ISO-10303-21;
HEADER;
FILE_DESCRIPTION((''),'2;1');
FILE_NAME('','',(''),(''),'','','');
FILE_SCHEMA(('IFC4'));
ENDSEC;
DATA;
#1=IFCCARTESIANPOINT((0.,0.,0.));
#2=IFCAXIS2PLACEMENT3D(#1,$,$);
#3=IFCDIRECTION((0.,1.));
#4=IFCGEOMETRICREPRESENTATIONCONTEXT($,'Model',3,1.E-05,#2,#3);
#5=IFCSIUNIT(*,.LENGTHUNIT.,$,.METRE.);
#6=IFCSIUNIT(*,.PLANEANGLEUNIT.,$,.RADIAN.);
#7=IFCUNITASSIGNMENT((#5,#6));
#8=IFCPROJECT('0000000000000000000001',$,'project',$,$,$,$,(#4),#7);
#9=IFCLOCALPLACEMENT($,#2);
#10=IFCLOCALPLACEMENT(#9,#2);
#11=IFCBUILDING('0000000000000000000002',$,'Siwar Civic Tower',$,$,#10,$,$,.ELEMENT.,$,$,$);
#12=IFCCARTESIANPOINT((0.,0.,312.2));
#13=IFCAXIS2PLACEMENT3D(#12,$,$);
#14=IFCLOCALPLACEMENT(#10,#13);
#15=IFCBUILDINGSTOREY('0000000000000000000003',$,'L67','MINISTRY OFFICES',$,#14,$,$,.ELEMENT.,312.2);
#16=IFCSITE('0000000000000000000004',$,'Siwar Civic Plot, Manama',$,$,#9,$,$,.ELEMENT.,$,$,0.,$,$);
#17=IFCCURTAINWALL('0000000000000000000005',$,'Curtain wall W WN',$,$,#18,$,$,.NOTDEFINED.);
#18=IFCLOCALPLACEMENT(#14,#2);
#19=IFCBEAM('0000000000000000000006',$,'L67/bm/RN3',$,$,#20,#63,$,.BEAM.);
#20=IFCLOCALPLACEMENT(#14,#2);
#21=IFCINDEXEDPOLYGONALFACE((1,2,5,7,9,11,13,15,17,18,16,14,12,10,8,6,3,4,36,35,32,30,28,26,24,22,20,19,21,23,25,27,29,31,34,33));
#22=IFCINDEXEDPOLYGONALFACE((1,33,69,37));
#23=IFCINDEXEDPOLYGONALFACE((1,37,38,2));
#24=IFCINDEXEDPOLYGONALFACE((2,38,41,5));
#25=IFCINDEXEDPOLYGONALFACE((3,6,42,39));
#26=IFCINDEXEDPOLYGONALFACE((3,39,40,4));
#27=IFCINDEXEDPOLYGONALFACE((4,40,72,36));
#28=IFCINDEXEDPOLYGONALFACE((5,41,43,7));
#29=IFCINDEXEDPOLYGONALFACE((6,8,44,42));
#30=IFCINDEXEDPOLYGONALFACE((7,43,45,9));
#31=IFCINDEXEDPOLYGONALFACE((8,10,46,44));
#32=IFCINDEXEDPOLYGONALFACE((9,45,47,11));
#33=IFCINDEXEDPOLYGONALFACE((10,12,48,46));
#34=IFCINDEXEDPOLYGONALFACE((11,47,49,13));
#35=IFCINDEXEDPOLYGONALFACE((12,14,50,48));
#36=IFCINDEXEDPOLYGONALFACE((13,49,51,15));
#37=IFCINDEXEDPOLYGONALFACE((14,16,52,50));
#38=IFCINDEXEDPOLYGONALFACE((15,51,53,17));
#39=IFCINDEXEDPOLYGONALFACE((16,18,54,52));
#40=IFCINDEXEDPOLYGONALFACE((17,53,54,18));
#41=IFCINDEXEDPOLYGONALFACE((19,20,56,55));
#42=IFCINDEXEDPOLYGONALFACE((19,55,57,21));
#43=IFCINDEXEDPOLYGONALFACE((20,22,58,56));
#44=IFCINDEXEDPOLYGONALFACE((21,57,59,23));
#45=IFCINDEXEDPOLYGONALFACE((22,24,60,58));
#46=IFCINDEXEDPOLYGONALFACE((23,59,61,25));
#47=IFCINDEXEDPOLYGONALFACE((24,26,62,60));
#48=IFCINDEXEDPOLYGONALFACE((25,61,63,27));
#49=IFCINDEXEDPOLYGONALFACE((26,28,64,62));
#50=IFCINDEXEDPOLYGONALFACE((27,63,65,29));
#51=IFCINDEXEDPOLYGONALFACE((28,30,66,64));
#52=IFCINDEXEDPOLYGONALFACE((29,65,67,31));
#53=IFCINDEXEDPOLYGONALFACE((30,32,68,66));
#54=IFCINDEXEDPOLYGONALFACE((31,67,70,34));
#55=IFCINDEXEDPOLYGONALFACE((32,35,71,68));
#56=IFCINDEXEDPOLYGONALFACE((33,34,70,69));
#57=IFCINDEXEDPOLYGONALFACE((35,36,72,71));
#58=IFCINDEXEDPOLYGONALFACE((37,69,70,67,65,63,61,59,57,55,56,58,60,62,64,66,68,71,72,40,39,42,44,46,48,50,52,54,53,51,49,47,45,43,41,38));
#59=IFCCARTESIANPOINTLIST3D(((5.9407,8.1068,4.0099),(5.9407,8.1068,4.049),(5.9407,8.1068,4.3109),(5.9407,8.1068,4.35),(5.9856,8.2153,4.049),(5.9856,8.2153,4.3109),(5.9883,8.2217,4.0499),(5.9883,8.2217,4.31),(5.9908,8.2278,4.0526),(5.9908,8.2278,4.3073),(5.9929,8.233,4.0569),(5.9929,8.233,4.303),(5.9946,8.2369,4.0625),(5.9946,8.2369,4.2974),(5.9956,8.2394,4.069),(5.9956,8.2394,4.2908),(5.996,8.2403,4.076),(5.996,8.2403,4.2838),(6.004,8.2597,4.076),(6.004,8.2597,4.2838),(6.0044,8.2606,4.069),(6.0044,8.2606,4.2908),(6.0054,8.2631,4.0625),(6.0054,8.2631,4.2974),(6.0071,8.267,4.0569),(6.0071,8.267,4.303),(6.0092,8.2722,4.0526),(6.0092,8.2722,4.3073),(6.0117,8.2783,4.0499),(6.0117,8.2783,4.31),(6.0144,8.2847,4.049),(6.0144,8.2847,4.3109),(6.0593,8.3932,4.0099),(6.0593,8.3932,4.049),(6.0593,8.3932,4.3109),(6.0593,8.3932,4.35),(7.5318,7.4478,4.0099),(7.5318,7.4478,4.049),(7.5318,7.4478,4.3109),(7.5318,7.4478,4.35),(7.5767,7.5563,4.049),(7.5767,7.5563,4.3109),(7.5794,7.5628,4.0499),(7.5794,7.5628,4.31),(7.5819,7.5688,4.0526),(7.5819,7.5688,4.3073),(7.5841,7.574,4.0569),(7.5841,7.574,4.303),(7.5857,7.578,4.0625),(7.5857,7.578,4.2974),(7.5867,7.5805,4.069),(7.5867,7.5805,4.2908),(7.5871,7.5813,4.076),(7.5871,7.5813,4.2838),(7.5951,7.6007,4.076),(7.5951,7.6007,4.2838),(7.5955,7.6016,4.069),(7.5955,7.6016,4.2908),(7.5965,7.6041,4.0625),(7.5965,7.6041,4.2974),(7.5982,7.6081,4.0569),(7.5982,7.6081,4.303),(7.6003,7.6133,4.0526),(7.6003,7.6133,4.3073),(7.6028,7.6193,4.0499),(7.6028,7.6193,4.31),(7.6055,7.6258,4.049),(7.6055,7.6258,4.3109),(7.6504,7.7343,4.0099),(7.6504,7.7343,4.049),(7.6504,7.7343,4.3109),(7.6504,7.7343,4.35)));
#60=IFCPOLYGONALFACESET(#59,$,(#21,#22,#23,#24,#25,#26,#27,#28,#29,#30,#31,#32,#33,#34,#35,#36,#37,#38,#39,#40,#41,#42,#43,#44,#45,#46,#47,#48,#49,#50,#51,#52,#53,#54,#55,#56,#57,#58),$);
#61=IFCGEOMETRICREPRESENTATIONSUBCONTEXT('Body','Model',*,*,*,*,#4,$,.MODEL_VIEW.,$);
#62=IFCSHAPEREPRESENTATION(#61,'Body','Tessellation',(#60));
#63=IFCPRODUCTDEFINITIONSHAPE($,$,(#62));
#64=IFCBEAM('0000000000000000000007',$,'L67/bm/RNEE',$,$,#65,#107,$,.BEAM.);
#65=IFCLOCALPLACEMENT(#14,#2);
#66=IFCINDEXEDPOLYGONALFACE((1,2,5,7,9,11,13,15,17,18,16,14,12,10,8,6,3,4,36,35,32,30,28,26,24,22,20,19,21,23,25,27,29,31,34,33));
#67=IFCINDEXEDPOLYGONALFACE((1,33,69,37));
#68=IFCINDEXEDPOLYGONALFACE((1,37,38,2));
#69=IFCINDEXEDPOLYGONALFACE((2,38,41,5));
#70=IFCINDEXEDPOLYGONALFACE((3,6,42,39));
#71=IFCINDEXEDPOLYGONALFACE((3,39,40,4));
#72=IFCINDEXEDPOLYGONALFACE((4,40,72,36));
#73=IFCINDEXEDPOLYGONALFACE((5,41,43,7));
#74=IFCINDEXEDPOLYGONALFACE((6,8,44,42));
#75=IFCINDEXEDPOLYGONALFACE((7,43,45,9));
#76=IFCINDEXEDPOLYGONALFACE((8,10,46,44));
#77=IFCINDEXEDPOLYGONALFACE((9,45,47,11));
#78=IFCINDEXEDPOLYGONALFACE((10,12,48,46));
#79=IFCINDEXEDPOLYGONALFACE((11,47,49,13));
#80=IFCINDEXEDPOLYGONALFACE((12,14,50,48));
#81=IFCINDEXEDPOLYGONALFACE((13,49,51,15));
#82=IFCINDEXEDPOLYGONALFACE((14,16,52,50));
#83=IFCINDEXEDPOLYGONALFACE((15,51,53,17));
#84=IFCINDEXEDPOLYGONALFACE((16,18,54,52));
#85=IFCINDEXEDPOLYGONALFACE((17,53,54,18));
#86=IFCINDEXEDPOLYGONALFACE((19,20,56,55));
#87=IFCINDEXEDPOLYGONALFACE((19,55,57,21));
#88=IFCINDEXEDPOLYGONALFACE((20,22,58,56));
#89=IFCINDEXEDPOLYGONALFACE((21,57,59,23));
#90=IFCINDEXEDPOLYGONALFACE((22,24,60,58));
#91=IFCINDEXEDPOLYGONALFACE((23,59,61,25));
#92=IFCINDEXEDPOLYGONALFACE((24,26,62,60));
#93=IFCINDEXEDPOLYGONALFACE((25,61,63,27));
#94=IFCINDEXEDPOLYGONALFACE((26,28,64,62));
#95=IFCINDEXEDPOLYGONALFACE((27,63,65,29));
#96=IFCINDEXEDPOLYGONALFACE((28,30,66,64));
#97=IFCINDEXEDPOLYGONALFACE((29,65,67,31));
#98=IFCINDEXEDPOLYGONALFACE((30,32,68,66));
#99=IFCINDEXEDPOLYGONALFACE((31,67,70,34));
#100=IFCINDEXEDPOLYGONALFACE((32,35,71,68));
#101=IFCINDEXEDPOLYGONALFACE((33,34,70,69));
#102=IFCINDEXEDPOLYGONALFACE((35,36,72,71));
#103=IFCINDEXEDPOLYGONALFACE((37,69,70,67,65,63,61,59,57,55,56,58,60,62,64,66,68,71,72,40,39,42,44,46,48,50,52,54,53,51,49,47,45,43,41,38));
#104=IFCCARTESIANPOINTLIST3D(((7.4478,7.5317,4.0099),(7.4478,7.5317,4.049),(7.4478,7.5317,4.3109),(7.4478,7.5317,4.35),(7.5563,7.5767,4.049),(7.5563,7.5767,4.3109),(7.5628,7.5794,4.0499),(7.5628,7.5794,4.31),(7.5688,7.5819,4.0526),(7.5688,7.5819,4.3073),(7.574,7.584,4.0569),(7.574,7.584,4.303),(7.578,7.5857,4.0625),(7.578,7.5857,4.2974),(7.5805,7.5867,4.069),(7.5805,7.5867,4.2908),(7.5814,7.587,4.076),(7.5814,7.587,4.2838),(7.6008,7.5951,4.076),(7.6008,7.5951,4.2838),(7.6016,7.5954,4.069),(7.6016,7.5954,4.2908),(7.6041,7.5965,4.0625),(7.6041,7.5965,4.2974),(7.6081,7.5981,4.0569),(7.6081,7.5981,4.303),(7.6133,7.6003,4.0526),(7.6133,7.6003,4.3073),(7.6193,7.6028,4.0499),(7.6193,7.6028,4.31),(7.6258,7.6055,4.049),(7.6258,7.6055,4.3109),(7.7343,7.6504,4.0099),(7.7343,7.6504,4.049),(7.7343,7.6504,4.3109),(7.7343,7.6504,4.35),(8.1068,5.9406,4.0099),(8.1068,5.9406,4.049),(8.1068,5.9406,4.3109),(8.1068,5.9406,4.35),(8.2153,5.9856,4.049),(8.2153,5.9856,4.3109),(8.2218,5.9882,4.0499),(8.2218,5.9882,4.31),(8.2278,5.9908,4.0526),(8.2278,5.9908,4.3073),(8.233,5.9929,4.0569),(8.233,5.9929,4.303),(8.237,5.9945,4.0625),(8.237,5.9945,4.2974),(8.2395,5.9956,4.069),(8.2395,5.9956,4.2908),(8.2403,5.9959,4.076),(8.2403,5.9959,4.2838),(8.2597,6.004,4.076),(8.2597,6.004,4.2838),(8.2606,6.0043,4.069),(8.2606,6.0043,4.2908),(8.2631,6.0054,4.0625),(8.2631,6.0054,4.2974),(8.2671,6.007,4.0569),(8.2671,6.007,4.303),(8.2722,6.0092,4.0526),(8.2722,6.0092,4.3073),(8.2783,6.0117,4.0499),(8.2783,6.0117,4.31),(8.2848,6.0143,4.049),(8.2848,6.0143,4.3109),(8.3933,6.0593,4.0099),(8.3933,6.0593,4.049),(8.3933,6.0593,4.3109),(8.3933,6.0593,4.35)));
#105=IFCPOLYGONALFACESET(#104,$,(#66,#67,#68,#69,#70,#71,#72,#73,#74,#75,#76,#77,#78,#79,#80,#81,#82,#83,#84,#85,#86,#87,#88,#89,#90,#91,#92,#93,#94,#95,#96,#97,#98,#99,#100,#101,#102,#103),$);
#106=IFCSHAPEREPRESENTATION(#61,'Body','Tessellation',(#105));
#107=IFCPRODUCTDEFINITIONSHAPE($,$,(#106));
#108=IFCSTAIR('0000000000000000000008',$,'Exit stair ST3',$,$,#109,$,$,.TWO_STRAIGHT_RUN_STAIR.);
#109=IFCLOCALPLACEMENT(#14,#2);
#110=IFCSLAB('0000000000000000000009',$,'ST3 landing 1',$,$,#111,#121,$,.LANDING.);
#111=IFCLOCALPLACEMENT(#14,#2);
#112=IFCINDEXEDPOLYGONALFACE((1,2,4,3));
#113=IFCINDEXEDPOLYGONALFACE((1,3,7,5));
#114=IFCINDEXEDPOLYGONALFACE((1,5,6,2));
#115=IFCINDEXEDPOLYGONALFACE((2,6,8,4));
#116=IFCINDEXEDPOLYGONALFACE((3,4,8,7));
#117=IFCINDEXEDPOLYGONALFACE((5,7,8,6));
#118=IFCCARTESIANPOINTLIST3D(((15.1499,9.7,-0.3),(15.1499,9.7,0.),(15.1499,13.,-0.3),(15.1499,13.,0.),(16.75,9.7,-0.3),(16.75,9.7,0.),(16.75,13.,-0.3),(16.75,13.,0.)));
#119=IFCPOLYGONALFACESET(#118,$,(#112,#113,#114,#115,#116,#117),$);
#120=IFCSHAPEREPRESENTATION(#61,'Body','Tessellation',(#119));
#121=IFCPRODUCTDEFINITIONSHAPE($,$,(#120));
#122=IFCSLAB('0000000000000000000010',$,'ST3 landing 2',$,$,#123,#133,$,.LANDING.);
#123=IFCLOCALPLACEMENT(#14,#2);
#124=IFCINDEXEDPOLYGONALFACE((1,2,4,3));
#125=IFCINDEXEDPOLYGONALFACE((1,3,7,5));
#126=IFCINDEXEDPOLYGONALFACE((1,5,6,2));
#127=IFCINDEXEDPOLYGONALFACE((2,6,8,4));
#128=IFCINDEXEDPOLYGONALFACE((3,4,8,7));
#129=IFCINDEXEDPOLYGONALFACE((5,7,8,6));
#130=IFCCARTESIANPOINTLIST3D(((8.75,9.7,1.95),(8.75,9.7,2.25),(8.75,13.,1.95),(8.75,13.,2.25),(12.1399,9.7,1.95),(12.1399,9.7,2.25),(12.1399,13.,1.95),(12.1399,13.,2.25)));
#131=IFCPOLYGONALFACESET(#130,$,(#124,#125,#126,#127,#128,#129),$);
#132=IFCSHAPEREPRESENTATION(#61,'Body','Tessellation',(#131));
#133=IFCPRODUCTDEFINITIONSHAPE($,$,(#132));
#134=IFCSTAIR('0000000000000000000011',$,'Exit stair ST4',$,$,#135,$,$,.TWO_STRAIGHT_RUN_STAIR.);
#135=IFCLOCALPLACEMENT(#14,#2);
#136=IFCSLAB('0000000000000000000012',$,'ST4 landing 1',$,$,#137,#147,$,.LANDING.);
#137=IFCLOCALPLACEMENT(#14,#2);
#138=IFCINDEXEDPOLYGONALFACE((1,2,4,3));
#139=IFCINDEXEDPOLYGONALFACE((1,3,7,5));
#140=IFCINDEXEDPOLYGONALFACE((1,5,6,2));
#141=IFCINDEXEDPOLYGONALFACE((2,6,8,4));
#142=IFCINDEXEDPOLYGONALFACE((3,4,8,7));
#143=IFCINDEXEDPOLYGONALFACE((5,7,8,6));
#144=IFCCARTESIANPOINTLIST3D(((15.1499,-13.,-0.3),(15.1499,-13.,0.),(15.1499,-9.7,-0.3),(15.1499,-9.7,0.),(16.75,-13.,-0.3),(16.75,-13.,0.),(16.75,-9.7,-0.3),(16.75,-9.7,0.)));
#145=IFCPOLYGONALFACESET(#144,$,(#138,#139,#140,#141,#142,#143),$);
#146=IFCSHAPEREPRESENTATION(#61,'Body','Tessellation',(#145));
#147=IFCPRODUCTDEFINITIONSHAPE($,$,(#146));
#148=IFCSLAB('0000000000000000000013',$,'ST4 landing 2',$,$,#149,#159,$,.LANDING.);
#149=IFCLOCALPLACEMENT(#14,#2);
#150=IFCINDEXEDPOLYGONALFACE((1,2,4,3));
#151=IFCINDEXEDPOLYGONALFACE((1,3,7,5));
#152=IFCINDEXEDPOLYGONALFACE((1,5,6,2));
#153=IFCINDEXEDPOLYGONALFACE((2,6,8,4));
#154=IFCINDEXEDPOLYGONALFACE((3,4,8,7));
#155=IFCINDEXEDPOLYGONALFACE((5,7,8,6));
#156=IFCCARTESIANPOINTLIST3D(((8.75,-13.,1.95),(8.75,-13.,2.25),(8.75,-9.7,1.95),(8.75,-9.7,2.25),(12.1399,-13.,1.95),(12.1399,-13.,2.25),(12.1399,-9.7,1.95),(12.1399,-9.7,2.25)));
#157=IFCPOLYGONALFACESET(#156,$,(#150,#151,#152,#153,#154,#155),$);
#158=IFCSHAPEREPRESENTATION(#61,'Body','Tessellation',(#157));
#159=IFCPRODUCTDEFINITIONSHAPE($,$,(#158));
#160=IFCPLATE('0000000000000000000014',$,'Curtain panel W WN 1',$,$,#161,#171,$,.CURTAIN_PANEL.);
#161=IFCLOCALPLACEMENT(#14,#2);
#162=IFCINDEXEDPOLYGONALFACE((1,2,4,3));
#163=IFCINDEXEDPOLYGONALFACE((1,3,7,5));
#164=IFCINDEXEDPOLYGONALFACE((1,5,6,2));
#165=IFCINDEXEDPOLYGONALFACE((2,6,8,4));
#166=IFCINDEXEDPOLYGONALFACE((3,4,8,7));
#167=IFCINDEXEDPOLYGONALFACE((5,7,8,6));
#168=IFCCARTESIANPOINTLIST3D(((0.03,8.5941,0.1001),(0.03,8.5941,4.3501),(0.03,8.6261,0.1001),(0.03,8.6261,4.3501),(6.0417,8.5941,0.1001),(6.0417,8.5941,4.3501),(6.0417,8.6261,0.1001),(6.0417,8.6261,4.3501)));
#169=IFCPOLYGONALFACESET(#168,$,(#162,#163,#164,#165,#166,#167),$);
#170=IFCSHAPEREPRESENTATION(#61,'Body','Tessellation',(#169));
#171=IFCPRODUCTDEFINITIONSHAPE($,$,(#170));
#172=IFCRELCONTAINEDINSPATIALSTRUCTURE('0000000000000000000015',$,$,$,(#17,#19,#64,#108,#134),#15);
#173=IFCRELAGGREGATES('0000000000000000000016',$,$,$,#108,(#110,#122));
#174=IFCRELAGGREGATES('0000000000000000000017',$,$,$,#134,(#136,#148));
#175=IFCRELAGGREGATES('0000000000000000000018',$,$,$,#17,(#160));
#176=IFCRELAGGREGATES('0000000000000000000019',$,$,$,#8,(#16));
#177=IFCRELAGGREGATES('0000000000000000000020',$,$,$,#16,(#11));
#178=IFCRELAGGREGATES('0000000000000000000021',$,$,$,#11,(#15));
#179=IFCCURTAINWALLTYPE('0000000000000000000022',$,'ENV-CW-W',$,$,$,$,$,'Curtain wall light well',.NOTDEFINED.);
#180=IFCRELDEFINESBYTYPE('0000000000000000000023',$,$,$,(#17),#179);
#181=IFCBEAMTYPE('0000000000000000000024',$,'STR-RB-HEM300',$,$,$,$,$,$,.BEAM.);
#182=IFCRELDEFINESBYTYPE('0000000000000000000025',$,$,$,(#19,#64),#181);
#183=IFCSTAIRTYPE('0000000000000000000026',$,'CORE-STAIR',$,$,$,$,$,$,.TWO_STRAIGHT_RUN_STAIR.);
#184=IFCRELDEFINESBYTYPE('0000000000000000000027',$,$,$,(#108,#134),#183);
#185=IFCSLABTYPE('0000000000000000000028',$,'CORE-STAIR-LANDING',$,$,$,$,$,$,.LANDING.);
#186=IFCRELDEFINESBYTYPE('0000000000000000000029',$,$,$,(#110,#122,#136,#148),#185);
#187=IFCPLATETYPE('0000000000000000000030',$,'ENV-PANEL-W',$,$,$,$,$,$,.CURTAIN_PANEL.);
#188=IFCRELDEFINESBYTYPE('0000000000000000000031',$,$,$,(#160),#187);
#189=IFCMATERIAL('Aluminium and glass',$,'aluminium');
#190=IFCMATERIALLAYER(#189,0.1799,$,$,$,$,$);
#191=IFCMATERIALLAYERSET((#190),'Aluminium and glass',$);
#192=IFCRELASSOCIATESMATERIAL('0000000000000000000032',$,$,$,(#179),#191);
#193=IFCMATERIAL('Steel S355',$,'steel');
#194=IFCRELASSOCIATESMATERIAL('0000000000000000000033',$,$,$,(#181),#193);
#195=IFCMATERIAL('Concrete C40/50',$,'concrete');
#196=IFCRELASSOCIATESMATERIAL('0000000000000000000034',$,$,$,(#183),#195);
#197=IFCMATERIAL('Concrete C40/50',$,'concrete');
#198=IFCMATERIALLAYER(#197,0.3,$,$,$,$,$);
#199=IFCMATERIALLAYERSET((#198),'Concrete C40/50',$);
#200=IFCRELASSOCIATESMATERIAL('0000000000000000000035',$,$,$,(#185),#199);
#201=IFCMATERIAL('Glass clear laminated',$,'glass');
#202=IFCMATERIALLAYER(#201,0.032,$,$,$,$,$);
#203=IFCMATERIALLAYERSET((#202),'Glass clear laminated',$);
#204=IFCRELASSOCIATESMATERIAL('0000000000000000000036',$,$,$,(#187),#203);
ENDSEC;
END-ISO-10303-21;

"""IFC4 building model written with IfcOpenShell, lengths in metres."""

from ifc_helpers import new_model, si_unit, direction, frame, origin, origin_2d, place, context, subcontext, project, spatial, polyline, rectangle, i_section, outline, extrude, material, layer, layer_set, material_profile, profile_set, type_object, element, aggregate, save


model = new_model("IFC4")

# Units and contexts
model_context = context("Model", 3, precision=1e-05, world=origin(), true_north=direction((0.0, 1.0)))
body_context = subcontext(model_context, "Body", "Model", "MODEL_VIEW")
ifc_project = project(units=[si_unit("LENGTHUNIT", "METRE"), si_unit("PLANEANGLEUNIT", "RADIAN")], contexts=[model_context])

# Site, building, storey
site_placement = place(None, origin())
site = spatial("IfcSite", under=ifc_project, at=site_placement, Name="Siwar Civic Plot, Manama", CompositionType="ELEMENT", RefElevation=0.0)
building_placement = place(site_placement, origin())
building = spatial("IfcBuilding", under=site, at=building_placement, Name="Siwar Civic Tower", CompositionType="ELEMENT")
storey_placement = place(building_placement, frame((0.0, 0.0, 312.2)))
storey = spatial("IfcBuildingStorey", under=building, at=storey_placement, Name="L67", Description="MINISTRY OFFICES", CompositionType="ELEMENT", Elevation=312.2)

# Curtain wall
ifc_material_1 = material(Name="Aluminium and glass", Category="aluminium")
ifc_layer_1 = layer(ifc_material_1, 0.1799)
ifc_layer_set_1 = layer_set([ifc_layer_1], Name="Aluminium and glass")
curtain_wall_type = type_object("IfcCurtainWallType", Name="ENV-CW-W", ElementType="Curtain wall light well", PredefinedType="NOTDEFINED", material=ifc_layer_set_1)
curtain_wall_placement = place(storey_placement, origin())
curtain_wall = element("IfcCurtainWall", 1, at=curtain_wall_placement, inside=storey, type_object=curtain_wall_type, Name="Curtain wall W WN", PredefinedType="NOTDEFINED")

# Beams
ifc_material_2 = material(Name="Steel S355", Category="steel")
ifc_material_profile_1 = material_profile(ifc_material_2, i_section(OverallWidth=0.3101, OverallDepth=0.3401, WebThickness=0.021, FlangeThickness=0.0391, FilletRadius=0.0271, at=origin_2d()), Name="HEM300")
ifc_profile_set_1 = profile_set([ifc_material_profile_1], Name="Steel S355")
beam_type_1 = type_object("IfcBeamType", Name="STR-RB-HEM300", PredefinedType="BEAM", material=ifc_profile_set_1)
for number, where, z_axis, x_axis, name in (
    (2, (6.0, 8.25, 4.1799), (0.923901, -0.382631, 0.0), (0.382631, 0.923901, 0.0), "L67/bm/RN3"),
    (3, (7.5911, 7.5911, 4.1799), (0.382631, -0.923901, 0.0), (0.923901, 0.382631, 0.0), "L67/bm/RNEE"),
):
    element("IfcBeam", number, at=place(storey_placement, frame(where, z_axis=z_axis, x_axis=x_axis)), inside=storey, type_object=beam_type_1, Name=name, PredefinedType="BEAM", context=body_context, shape_type="SweptSolid", body=[
        extrude(i_section(OverallWidth=0.3101, OverallDepth=0.3401, WebThickness=0.021, FlangeThickness=0.0391, FilletRadius=0.0271, at=origin_2d()), origin(), (0.0, 0.0, 1.0), 1.7222),
    ])

# Stairs, slabs
ifc_material_3 = material(Name="Concrete C40/50", Category="concrete")
stair_type = type_object("IfcStairType", Name="CORE-STAIR", PredefinedType="TWO_STRAIGHT_RUN_STAIR", material=ifc_material_3)
stair_1_placement = place(storey_placement, origin())
stair_1 = element("IfcStair", 4, at=stair_1_placement, inside=storey, type_object=stair_type, Name="Exit stair ST3", PredefinedType="TWO_STRAIGHT_RUN_STAIR")
ifc_material_4 = material(Name="Concrete C40/50", Category="concrete")
ifc_layer_2 = layer(ifc_material_4, 0.3)
ifc_layer_set_2 = layer_set([ifc_layer_2], Name="Concrete C40/50")
slab_type_1 = type_object("IfcSlabType", Name="CORE-STAIR-LANDING", PredefinedType="LANDING", material=ifc_layer_set_2)
slab_1_placement = place(storey_placement, frame((0.0, 0.0, -0.3)))
slab_1 = element("IfcSlab", 5, at=slab_1_placement, type_object=slab_type_1, Name="ST3 landing 1", PredefinedType="LANDING", context=body_context, shape_type="SweptSolid", body=[
    extrude(outline(polyline([(15.1499, 9.7), (16.75, 9.7), (16.75, 13.0), (15.1499, 13.0), (15.1499, 9.7)])), origin(), (0.0, 0.0, 1.0), 0.3),
])
slab_2_placement = place(storey_placement, frame((0.0, 0.0, 1.95)))
slab_2 = element("IfcSlab", 6, at=slab_2_placement, type_object=slab_type_1, Name="ST3 landing 2", PredefinedType="LANDING", context=body_context, shape_type="SweptSolid", body=[
    extrude(outline(polyline([(8.75, 9.7), (12.1399, 9.7), (12.1399, 13.0), (8.75, 13.0), (8.75, 9.7)])), origin(), (0.0, 0.0, 1.0), 0.3),
])
aggregate(stair_1, [slab_1, slab_2])
stair_2_placement = place(storey_placement, origin())
stair_2 = element("IfcStair", 7, at=stair_2_placement, inside=storey, type_object=stair_type, Name="Exit stair ST4", PredefinedType="TWO_STRAIGHT_RUN_STAIR")
slab_3_placement = place(storey_placement, frame((0.0, 0.0, -0.3)))
slab_3 = element("IfcSlab", 8, at=slab_3_placement, type_object=slab_type_1, Name="ST4 landing 1", PredefinedType="LANDING", context=body_context, shape_type="SweptSolid", body=[
    extrude(outline(polyline([(15.1499, -13.0), (16.75, -13.0), (16.75, -9.7), (15.1499, -9.7), (15.1499, -13.0)])), origin(), (0.0, 0.0, 1.0), 0.3),
])
slab_4_placement = place(storey_placement, frame((0.0, 0.0, 1.95)))
slab_4 = element("IfcSlab", 9, at=slab_4_placement, type_object=slab_type_1, Name="ST4 landing 2", PredefinedType="LANDING", context=body_context, shape_type="SweptSolid", body=[
    extrude(outline(polyline([(8.75, -13.0), (12.1399, -13.0), (12.1399, -9.7), (8.75, -9.7), (8.75, -13.0)])), origin(), (0.0, 0.0, 1.0), 0.3),
])
aggregate(stair_2, [slab_3, slab_4])

# Plate
ifc_material_5 = material(Name="Glass clear laminated", Category="glass")
ifc_layer_3 = layer(ifc_material_5, 0.032)
ifc_layer_set_3 = layer_set([ifc_layer_3], Name="Glass clear laminated")
plate_type = type_object("IfcPlateType", Name="ENV-PANEL-W", PredefinedType="CURTAIN_PANEL", material=ifc_layer_set_3)
plate_placement = place(storey_placement, frame((3.0359, 8.6101, 0.1001), z_axis=(0.0, 0.0, 1.0), x_axis=(-1.0, 0.0, 0.0)))
plate = element("IfcPlate", 10, at=plate_placement, type_object=plate_type, Name="Curtain panel W WN 1", PredefinedType="CURTAIN_PANEL", context=body_context, shape_type="SweptSolid", body=[
    extrude(rectangle(XDim=6.0117, YDim=0.032, at=origin_2d()), origin(), (0.0, 0.0, 1.0), 4.25),
])
aggregate(curtain_wall, [plate])

save(model, "model.ifc")
